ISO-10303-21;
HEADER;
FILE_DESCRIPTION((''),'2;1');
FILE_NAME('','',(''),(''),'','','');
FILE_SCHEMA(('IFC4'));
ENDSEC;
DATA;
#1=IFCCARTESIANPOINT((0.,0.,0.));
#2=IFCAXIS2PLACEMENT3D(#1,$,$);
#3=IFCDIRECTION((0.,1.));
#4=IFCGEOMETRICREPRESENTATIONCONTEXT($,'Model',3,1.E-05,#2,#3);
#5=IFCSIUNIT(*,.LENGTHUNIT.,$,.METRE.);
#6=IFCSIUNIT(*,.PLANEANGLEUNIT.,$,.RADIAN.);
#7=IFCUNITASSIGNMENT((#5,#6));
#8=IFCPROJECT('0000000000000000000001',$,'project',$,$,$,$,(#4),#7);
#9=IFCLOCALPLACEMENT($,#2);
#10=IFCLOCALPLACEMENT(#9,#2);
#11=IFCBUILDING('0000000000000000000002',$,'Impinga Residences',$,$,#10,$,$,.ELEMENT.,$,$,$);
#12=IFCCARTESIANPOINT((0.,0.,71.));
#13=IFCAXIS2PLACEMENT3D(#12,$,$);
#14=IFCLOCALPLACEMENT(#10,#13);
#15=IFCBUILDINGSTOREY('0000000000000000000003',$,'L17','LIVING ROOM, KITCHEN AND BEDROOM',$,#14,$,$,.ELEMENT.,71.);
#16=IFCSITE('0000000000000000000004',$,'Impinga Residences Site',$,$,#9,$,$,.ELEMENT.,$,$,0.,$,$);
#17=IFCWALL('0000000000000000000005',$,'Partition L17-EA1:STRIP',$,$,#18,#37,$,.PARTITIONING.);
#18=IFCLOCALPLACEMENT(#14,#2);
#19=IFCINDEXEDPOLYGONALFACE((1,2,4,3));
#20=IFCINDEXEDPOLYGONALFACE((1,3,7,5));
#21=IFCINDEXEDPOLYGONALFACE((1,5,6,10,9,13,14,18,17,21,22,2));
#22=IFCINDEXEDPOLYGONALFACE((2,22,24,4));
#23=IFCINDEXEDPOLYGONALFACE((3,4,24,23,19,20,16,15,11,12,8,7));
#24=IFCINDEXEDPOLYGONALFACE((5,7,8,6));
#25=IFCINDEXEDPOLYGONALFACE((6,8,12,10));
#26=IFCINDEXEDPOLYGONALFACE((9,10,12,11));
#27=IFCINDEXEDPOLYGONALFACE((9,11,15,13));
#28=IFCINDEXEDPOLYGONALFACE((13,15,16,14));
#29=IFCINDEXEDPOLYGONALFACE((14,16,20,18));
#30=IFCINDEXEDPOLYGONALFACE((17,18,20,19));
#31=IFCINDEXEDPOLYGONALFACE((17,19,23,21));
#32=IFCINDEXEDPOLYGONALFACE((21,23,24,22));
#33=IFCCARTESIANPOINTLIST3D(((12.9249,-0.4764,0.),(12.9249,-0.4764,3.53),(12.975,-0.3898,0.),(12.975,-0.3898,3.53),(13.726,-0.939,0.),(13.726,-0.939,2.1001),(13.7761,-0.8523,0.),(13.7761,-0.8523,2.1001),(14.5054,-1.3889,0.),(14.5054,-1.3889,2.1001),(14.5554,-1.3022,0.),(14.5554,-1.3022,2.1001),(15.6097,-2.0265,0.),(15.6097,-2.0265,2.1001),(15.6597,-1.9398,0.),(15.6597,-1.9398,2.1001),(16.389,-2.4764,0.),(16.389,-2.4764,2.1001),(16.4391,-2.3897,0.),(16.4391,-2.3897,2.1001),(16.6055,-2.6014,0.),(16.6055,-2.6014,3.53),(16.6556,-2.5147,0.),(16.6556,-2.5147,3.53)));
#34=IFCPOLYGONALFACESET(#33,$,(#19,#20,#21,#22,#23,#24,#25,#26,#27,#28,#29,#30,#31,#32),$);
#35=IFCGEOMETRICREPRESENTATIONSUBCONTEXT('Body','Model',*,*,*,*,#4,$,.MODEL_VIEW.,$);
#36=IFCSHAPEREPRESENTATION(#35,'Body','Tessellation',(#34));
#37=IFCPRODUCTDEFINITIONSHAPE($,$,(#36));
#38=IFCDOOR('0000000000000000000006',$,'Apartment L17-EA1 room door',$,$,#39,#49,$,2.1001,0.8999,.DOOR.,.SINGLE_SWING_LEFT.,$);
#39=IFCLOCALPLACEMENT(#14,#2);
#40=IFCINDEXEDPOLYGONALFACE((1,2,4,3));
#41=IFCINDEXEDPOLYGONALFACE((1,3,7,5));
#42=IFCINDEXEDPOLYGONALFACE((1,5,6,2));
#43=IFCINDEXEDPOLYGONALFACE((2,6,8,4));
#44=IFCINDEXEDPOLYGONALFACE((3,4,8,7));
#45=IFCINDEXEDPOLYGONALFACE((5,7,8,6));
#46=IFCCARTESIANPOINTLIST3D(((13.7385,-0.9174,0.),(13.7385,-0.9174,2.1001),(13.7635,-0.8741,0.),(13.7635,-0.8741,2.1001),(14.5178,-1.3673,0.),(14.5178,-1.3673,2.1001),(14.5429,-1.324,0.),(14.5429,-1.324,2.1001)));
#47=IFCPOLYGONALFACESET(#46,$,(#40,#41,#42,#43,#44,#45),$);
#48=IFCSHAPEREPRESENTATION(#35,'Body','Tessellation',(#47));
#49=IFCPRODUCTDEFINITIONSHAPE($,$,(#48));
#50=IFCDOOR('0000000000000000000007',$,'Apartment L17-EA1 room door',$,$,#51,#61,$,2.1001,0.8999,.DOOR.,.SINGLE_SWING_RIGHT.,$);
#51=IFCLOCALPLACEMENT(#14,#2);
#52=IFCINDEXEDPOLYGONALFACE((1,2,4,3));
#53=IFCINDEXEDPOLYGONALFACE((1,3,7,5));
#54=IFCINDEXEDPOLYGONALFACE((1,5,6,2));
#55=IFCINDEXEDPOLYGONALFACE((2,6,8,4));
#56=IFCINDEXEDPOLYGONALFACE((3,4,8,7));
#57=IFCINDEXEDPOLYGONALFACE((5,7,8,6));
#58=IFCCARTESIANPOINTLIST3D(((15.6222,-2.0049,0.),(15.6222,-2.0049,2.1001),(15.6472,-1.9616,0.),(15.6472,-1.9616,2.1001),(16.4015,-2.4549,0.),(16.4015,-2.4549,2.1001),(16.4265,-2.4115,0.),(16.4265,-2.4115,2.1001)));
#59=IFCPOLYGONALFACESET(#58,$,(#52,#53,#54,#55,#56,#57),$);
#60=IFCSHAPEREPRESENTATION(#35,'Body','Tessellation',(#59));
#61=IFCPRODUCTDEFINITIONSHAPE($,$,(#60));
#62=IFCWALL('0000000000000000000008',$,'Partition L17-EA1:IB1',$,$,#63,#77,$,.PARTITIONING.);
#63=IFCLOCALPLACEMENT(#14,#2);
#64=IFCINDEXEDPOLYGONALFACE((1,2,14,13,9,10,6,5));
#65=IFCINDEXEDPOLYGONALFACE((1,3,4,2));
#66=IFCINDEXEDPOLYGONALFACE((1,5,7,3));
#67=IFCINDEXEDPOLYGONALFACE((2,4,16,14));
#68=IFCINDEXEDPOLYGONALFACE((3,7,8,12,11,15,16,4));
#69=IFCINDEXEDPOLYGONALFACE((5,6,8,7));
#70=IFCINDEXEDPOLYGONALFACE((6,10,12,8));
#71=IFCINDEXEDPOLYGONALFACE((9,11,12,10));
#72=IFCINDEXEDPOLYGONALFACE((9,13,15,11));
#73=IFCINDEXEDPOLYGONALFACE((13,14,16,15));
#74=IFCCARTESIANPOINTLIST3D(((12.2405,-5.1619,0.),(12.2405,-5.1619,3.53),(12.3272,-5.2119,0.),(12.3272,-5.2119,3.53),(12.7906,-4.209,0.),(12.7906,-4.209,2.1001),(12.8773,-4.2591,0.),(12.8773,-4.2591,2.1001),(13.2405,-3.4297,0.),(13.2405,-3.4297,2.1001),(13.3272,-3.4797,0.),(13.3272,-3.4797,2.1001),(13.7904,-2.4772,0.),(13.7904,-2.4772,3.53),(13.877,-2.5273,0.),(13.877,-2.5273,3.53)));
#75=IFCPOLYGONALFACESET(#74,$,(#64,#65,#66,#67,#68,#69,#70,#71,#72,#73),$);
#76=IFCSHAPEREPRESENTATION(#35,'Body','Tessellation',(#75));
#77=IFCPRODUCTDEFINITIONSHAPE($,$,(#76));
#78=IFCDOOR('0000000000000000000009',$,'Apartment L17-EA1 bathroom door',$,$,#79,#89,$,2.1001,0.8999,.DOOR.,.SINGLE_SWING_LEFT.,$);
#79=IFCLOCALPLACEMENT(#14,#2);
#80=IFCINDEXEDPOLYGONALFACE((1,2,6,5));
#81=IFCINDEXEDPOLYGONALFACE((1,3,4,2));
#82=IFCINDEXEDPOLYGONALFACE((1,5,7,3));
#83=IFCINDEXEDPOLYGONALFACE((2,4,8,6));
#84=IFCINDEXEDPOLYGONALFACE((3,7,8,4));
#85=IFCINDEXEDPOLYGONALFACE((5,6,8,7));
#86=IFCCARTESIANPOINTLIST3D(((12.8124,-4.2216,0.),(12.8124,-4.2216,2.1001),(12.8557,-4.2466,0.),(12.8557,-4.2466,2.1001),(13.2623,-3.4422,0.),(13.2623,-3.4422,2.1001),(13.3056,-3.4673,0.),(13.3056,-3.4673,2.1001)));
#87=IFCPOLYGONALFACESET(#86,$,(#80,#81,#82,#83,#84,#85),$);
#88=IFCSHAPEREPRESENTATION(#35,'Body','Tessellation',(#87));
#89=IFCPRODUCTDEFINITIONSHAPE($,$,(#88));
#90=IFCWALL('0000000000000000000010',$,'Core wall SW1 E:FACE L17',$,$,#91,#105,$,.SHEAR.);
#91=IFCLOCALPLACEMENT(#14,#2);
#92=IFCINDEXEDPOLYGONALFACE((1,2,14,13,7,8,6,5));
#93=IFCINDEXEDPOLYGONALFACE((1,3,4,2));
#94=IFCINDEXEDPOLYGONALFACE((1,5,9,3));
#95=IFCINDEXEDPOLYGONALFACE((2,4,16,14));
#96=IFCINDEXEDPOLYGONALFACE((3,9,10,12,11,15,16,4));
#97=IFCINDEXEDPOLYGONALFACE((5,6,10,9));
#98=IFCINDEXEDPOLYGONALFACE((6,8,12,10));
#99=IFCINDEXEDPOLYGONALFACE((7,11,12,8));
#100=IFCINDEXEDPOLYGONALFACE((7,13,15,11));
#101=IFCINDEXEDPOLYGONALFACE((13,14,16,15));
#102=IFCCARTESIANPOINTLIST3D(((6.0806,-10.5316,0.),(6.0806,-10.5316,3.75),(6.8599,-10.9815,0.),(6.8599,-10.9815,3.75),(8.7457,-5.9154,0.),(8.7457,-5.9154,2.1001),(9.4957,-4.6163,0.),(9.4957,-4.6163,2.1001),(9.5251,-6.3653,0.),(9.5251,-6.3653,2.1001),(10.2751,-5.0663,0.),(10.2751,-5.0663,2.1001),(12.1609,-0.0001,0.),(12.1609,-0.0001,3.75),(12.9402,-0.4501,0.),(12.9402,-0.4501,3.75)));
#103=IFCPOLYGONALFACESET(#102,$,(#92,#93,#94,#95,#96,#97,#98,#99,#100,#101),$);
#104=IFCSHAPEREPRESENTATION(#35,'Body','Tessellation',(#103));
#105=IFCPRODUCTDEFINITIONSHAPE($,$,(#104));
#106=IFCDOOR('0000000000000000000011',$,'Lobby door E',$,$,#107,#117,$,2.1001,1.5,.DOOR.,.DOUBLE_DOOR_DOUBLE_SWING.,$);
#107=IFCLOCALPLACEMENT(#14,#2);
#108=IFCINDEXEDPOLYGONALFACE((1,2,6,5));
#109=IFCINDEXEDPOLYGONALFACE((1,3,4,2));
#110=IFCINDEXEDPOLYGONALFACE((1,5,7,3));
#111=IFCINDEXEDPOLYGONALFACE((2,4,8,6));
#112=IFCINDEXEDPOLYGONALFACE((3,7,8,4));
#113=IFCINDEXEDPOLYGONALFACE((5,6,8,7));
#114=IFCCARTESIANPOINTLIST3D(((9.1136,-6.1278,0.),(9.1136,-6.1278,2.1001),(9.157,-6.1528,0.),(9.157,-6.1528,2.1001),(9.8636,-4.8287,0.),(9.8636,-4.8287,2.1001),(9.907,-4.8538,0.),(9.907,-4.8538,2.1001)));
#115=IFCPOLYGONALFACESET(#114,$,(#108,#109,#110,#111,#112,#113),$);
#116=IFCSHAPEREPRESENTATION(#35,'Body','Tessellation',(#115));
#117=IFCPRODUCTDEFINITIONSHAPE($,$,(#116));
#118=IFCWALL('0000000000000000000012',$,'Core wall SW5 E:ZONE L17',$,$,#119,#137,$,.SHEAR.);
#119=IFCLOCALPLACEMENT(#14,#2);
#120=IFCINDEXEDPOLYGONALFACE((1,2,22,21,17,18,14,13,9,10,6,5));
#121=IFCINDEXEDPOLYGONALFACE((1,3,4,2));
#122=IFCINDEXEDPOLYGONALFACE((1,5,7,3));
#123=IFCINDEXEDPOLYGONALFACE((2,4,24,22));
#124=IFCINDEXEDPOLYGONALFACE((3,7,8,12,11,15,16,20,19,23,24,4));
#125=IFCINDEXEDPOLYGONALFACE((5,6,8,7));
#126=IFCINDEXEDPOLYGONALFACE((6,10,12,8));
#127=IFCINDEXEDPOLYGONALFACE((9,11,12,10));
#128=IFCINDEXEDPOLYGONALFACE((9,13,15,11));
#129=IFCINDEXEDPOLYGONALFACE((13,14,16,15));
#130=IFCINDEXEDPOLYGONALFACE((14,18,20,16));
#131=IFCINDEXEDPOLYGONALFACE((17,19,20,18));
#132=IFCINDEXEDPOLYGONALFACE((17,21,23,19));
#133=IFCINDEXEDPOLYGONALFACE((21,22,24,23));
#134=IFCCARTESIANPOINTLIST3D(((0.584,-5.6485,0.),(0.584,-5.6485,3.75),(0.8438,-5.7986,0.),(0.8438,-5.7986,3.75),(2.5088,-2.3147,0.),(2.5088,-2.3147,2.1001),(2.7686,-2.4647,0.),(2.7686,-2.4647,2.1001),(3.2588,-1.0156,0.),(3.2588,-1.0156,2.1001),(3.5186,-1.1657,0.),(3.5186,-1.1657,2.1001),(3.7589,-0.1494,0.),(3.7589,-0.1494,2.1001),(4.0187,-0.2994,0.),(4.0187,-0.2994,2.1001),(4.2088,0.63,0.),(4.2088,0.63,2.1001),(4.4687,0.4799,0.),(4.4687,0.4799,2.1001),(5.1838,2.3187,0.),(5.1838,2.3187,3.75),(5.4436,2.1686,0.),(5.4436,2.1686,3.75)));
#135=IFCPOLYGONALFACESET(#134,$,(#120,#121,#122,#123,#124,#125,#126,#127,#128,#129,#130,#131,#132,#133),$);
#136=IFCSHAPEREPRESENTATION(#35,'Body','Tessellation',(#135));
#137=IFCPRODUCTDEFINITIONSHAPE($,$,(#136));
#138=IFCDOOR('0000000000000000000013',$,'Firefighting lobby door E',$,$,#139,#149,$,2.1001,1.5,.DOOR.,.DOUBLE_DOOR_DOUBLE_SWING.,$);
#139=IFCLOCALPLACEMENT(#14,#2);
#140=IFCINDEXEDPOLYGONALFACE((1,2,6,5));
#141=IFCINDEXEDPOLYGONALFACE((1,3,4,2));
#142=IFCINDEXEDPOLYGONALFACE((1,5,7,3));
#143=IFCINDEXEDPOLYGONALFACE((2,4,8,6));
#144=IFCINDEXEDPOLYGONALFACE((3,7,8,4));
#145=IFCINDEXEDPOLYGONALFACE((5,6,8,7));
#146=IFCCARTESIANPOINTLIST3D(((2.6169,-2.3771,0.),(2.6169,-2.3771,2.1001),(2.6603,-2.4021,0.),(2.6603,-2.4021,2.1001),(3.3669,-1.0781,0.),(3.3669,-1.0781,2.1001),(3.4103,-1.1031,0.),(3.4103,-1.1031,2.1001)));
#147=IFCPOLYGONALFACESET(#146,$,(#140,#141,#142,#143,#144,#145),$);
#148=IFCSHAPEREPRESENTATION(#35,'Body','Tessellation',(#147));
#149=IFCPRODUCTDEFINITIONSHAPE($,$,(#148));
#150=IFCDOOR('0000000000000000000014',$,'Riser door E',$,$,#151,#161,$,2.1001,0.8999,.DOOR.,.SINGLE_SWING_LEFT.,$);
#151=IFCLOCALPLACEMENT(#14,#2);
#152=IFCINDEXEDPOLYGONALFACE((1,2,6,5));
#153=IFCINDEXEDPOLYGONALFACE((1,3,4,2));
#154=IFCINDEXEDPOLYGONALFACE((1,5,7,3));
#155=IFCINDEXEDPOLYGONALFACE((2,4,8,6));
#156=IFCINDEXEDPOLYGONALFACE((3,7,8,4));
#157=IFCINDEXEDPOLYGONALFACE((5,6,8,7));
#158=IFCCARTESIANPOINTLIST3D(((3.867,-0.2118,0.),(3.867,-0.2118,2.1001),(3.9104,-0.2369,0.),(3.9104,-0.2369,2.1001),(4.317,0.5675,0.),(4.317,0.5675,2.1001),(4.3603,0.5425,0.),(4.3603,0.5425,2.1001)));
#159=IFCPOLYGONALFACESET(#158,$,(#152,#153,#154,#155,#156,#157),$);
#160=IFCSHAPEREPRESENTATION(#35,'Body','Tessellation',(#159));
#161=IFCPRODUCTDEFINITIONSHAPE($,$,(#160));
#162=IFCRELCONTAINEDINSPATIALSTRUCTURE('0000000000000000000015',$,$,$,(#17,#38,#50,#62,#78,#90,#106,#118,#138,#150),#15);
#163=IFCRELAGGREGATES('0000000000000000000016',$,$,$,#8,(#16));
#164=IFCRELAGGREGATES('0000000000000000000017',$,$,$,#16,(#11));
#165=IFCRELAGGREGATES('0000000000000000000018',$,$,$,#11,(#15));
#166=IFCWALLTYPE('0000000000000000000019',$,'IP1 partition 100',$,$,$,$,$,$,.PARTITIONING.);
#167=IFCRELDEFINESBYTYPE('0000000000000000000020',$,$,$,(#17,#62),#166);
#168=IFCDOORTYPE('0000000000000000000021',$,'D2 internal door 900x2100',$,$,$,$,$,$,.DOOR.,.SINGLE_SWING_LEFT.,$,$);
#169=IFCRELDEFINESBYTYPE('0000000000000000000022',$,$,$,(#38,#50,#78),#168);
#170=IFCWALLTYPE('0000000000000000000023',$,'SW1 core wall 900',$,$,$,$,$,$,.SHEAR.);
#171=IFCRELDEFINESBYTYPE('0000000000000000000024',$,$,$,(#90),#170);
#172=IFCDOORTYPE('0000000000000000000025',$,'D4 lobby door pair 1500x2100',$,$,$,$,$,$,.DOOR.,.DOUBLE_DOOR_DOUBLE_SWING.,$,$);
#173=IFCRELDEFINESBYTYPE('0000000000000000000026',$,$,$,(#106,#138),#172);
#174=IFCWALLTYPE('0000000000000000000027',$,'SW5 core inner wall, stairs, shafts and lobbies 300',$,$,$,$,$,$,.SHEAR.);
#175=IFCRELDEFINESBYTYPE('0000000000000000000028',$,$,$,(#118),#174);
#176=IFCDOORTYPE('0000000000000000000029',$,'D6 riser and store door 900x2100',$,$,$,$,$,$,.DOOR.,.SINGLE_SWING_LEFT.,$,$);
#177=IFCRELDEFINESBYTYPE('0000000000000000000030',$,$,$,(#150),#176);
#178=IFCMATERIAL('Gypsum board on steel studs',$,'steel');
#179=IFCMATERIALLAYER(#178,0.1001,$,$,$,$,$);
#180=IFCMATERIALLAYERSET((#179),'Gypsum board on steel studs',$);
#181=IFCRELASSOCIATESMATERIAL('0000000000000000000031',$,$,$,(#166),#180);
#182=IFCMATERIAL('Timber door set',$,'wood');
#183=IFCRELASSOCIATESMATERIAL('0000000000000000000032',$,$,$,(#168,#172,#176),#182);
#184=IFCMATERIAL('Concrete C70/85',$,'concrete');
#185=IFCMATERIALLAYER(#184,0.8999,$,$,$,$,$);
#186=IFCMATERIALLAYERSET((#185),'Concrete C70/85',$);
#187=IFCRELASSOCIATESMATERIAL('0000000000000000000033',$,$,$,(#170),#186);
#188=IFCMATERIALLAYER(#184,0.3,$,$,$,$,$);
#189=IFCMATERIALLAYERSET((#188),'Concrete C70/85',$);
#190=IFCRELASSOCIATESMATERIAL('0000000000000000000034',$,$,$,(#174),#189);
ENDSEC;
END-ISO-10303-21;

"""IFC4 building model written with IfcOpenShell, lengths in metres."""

from ifc_helpers import new_model, si_unit, direction, frame, frame_2d, origin, place, context, subcontext, project, spatial, rectangle, extrude, material, layer, layer_set, type_object, element, fill, save


model = new_model("IFC4")

# Units and contexts
model_context = context("Model", 3, precision=1e-05, world=origin(), true_north=direction((0.0, 1.0)))
body_context = subcontext(model_context, "Body", "Model", "MODEL_VIEW")
ifc_project = project(units=[si_unit("LENGTHUNIT", "METRE"), si_unit("PLANEANGLEUNIT", "RADIAN")], contexts=[model_context])

# Site, building, storey
site_placement = place(None, origin())
site = spatial("IfcSite", under=ifc_project, at=site_placement, Name="Impinga Residences Site", CompositionType="ELEMENT", RefElevation=0.0)
building_placement = place(site_placement, origin())
building = spatial("IfcBuilding", under=site, at=building_placement, Name="Impinga Residences", CompositionType="ELEMENT")
storey_placement = place(building_placement, frame((0.0, 0.0, 71.0)))
storey = spatial("IfcBuildingStorey", under=building, at=storey_placement, Name="L17", Description="LIVING ROOM, KITCHEN AND BEDROOM", CompositionType="ELEMENT", Elevation=71.0)

# Shared definitions
ifc_material_1 = material(Name="Concrete C70/85", Category="concrete")
ifc_material_2 = material(Name="Timber door set", Category="wood")

# Shared definitions
ifc_material_3 = material(Name="Gypsum board on steel studs", Category="steel")
ifc_layer_1 = layer(ifc_material_3, 0.1001)
ifc_layer_set_1 = layer_set([ifc_layer_1], Name="Gypsum board on steel studs")
wall_type_1 = type_object("IfcWallType", Name="IP1 partition 100", PredefinedType="PARTITIONING", material=ifc_layer_set_1)

# Wall, openings, doors
wall_1_placement = place(storey_placement, frame((12.95, -0.4331, 0.0), z_axis=(0.0, 0.0, 1.0), x_axis=(0.866029, -0.499994, 0.0)))
wall_1 = element("IfcWall", 1, at=wall_1_placement, inside=storey, type_object=wall_type_1, Name="Partition L17-EA1:STRIP", PredefinedType="PARTITIONING", context=body_context, shape_type="SweptSolid", body=[
    extrude(rectangle(XDim=4.25, YDim=0.1001, at=frame_2d((2.125, 0.0))), origin(), (0.0, 0.0, 1.0), 3.53),
])
opening_1_placement = place(wall_1_placement, frame((0.925, 0.0, 0.0)))
opening_1 = element("IfcOpeningElement", 2, at=opening_1_placement, cuts=wall_1, PredefinedType="OPENING", context=body_context, shape_type="SweptSolid", body=[
    extrude(rectangle(XDim=0.8999, YDim=2.1001, at=frame_2d((0.45, 1.05))), frame((0.0, 0.0601, 0.0), z_axis=(0.0, -1.0, 0.0), x_axis=(1.0, 0.0, 0.0)), (0.0, 0.0, 1.0), 0.1201),
])
opening_2_placement = place(wall_1_placement, frame((3.1001, 0.0, 0.0)))
opening_2 = element("IfcOpeningElement", 3, at=opening_2_placement, cuts=wall_1, PredefinedType="OPENING", context=body_context, shape_type="SweptSolid", body=[
    extrude(rectangle(XDim=0.8999, YDim=2.1001, at=frame_2d((0.45, 1.05))), frame((0.0, 0.0601, 0.0), z_axis=(0.0, -1.0, 0.0), x_axis=(1.0, 0.0, 0.0)), (0.0, 0.0, 1.0), 0.1201),
])
door_type_1 = type_object("IfcDoorType", Name="D2 internal door 900x2100", OperationType="SINGLE_SWING_LEFT", PredefinedType="DOOR", material=ifc_material_2)
door_1_placement = place(opening_1_placement, origin())
door_1 = element("IfcDoor", 4, at=door_1_placement, inside=storey, type_object=door_type_1, Name="Apartment L17-EA1 room door", OperationType="SINGLE_SWING_LEFT", OverallHeight=2.1001, OverallWidth=0.8999, PredefinedType="DOOR", context=body_context, shape_type="SweptSolid", body=[
    extrude(rectangle(XDim=0.8999, YDim=2.1001, at=frame_2d((0.45, 1.05))), frame((0.0, 0.0249, 0.0), z_axis=(0.0, -1.0, 0.0), x_axis=(1.0, 0.0, 0.0)), (0.0, 0.0, 1.0), 0.05),
])
fill(opening_1, door_1)
door_2_placement = place(opening_2_placement, origin())
door_2 = element("IfcDoor", 5, at=door_2_placement, inside=storey, type_object=door_type_1, Name="Apartment L17-EA1 room door", OperationType="SINGLE_SWING_RIGHT", OverallHeight=2.1001, OverallWidth=0.8999, PredefinedType="DOOR", context=body_context, shape_type="SweptSolid", body=[
    extrude(rectangle(XDim=0.8999, YDim=2.1001, at=frame_2d((0.45, 1.05))), frame((0.0, 0.0249, 0.0), z_axis=(0.0, -1.0, 0.0), x_axis=(1.0, 0.0, 0.0)), (0.0, 0.0, 1.0), 0.05),
])
fill(opening_2, door_2)

# Walls, openings, doors
wall_2_placement = place(storey_placement, frame((12.2839, -5.1868, 0.0), z_axis=(0.0, 0.0, 1.0), x_axis=(0.499968, 0.866044, 0.0)))
wall_2 = element("IfcWall", 6, at=wall_2_placement, inside=storey, type_object=wall_type_1, Name="Partition L17-EA1:IB1", PredefinedType="PARTITIONING", context=body_context, shape_type="SweptSolid", body=[
    extrude(rectangle(XDim=3.0999, YDim=0.1001, at=frame_2d((1.5498, 0.0))), origin(), (0.0, 0.0, 1.0), 3.53),
])
opening_3_placement = place(wall_2_placement, frame((1.1001, 0.0, 0.0)))
opening_3 = element("IfcOpeningElement", 7, at=opening_3_placement, cuts=wall_2, PredefinedType="OPENING", context=body_context, shape_type="SweptSolid", body=[
    extrude(rectangle(XDim=0.8999, YDim=2.1001, at=frame_2d((0.45, 1.05))), frame((0.0, 0.0601, 0.0), z_axis=(0.0, -1.0, 0.0), x_axis=(1.0, 0.0, 0.0)), (0.0, 0.0, 1.0), 0.1201),
])
door_3_placement = place(opening_3_placement, origin())
door_3 = element("IfcDoor", 8, at=door_3_placement, inside=storey, type_object=door_type_1, Name="Apartment L17-EA1 bathroom door", OperationType="SINGLE_SWING_LEFT", OverallHeight=2.1001, OverallWidth=0.8999, PredefinedType="DOOR", context=body_context, shape_type="SweptSolid", body=[
    extrude(rectangle(XDim=0.8999, YDim=2.1001, at=frame_2d((0.45, 1.05))), frame((0.0, 0.0249, 0.0), z_axis=(0.0, -1.0, 0.0), x_axis=(1.0, 0.0, 0.0)), (0.0, 0.0, 1.0), 0.05),
])
fill(opening_3, door_3)
ifc_layer_2 = layer(ifc_material_1, 0.8999)
ifc_layer_set_2 = layer_set([ifc_layer_2], Name="Concrete C70/85")
wall_type_2 = type_object("IfcWallType", Name="SW1 core wall 900", PredefinedType="SHEAR", material=ifc_layer_set_2)
wall_3_placement = place(storey_placement, frame((12.5505, -0.2251, 0.0), z_axis=(0.0, 0.0, 1.0), x_axis=(-0.499998, -0.866027, 0.0)))
wall_3 = element("IfcWall", 9, at=wall_3_placement, inside=storey, type_object=wall_type_2, Name="Core wall SW1 E:FACE L17", PredefinedType="SHEAR", context=body_context, shape_type="SweptSolid", body=[
    extrude(rectangle(XDim=12.1606, YDim=0.8999, at=frame_2d((6.0803, 0.0))), origin(), (0.0, 0.0, 1.0), 3.75),
])
opening_4_placement = place(wall_3_placement, frame((5.3303, 0.0, 0.0)))
opening_4 = element("IfcOpeningElement", 10, at=opening_4_placement, cuts=wall_3, PredefinedType="OPENING", context=body_context, shape_type="SweptSolid", body=[
    extrude(rectangle(XDim=1.5, YDim=2.1001, at=frame_2d((0.75, 1.05))), frame((0.0, 0.46, 0.0), z_axis=(0.0, -1.0, 0.0), x_axis=(1.0, 0.0, 0.0)), (0.0, 0.0, 1.0), 0.9199),
])
door_type_2 = type_object("IfcDoorType", Name="D4 lobby door pair 1500x2100", OperationType="DOUBLE_DOOR_DOUBLE_SWING", PredefinedType="DOOR", material=ifc_material_2)
door_4_placement = place(opening_4_placement, origin())
door_4 = element("IfcDoor", 11, at=door_4_placement, inside=storey, type_object=door_type_2, Name="Lobby door E", OperationType="DOUBLE_DOOR_DOUBLE_SWING", OverallHeight=2.1001, OverallWidth=1.5, PredefinedType="DOOR", context=body_context, shape_type="SweptSolid", body=[
    extrude(rectangle(XDim=1.5, YDim=2.1001, at=frame_2d((0.75, 1.05))), frame((0.0, 0.0249, 0.0), z_axis=(0.0, -1.0, 0.0), x_axis=(1.0, 0.0, 0.0)), (0.0, 0.0, 1.0), 0.05),
])
fill(opening_4, door_4)

# Wall, openings, doors
ifc_layer_3 = layer(ifc_material_1, 0.3)
ifc_layer_set_3 = layer_set([ifc_layer_3], Name="Concrete C70/85")
wall_type_3 = type_object("IfcWallType", Name="SW5 core inner wall, stairs, shafts and lobbies 300", PredefinedType="SHEAR", material=ifc_layer_set_3)
wall_4_placement = place(storey_placement, frame((5.3137, 2.2437, 0.0), z_axis=(0.0, 0.0, 1.0), x_axis=(-0.499995, -0.866028, 0.0)))
wall_4 = element("IfcWall", 12, at=wall_4_placement, inside=storey, type_object=wall_type_3, Name="Core wall SW5 E:ZONE L17", PredefinedType="SHEAR", context=body_context, shape_type="SweptSolid", body=[
    extrude(rectangle(XDim=9.1997, YDim=0.3, at=frame_2d((4.5999, 0.0))), origin(), (0.0, 0.0, 1.0), 3.75),
])
opening_5_placement = place(wall_4_placement, frame((3.8501, 0.0, 0.0)))
opening_5 = element("IfcOpeningElement", 13, at=opening_5_placement, cuts=wall_4, PredefinedType="OPENING", context=body_context, shape_type="SweptSolid", body=[
    extrude(rectangle(XDim=1.5, YDim=2.1001, at=frame_2d((0.75, 1.05))), frame((0.0, 0.1599, 0.0), z_axis=(0.0, -1.0, 0.0), x_axis=(1.0, 0.0, 0.0)), (0.0, 0.0, 1.0), 0.3201),
])
opening_6_placement = place(wall_4_placement, frame((1.95, 0.0, 0.0)))
opening_6 = element("IfcOpeningElement", 14, at=opening_6_placement, cuts=wall_4, PredefinedType="OPENING", context=body_context, shape_type="SweptSolid", body=[
    extrude(rectangle(XDim=0.8999, YDim=2.1001, at=frame_2d((0.45, 1.05))), frame((0.0, 0.1599, 0.0), z_axis=(0.0, -1.0, 0.0), x_axis=(1.0, 0.0, 0.0)), (0.0, 0.0, 1.0), 0.3201),
])
door_5_placement = place(opening_5_placement, origin())
door_5 = element("IfcDoor", 15, at=door_5_placement, inside=storey, type_object=door_type_2, Name="Firefighting lobby door E", OperationType="DOUBLE_DOOR_DOUBLE_SWING", OverallHeight=2.1001, OverallWidth=1.5, PredefinedType="DOOR", context=body_context, shape_type="SweptSolid", body=[
    extrude(rectangle(XDim=1.5, YDim=2.1001, at=frame_2d((0.75, 1.05))), frame((0.0, 0.0249, 0.0), z_axis=(0.0, -1.0, 0.0), x_axis=(1.0, 0.0, 0.0)), (0.0, 0.0, 1.0), 0.05),
])
fill(opening_5, door_5)
door_type_3 = type_object("IfcDoorType", Name="D6 riser and store door 900x2100", OperationType="SINGLE_SWING_LEFT", PredefinedType="DOOR", material=ifc_material_2)
door_6_placement = place(opening_6_placement, origin())
door_6 = element("IfcDoor", 16, at=door_6_placement, inside=storey, type_object=door_type_3, Name="Riser door E", OperationType="SINGLE_SWING_LEFT", OverallHeight=2.1001, OverallWidth=0.8999, PredefinedType="DOOR", context=body_context, shape_type="SweptSolid", body=[
    extrude(rectangle(XDim=0.8999, YDim=2.1001, at=frame_2d((0.45, 1.05))), frame((0.0, 0.0249, 0.0), z_axis=(0.0, -1.0, 0.0), x_axis=(1.0, 0.0, 0.0)), (0.0, 0.0, 1.0), 0.05),
])
fill(opening_6, door_6)

save(model, "model.ifc")
